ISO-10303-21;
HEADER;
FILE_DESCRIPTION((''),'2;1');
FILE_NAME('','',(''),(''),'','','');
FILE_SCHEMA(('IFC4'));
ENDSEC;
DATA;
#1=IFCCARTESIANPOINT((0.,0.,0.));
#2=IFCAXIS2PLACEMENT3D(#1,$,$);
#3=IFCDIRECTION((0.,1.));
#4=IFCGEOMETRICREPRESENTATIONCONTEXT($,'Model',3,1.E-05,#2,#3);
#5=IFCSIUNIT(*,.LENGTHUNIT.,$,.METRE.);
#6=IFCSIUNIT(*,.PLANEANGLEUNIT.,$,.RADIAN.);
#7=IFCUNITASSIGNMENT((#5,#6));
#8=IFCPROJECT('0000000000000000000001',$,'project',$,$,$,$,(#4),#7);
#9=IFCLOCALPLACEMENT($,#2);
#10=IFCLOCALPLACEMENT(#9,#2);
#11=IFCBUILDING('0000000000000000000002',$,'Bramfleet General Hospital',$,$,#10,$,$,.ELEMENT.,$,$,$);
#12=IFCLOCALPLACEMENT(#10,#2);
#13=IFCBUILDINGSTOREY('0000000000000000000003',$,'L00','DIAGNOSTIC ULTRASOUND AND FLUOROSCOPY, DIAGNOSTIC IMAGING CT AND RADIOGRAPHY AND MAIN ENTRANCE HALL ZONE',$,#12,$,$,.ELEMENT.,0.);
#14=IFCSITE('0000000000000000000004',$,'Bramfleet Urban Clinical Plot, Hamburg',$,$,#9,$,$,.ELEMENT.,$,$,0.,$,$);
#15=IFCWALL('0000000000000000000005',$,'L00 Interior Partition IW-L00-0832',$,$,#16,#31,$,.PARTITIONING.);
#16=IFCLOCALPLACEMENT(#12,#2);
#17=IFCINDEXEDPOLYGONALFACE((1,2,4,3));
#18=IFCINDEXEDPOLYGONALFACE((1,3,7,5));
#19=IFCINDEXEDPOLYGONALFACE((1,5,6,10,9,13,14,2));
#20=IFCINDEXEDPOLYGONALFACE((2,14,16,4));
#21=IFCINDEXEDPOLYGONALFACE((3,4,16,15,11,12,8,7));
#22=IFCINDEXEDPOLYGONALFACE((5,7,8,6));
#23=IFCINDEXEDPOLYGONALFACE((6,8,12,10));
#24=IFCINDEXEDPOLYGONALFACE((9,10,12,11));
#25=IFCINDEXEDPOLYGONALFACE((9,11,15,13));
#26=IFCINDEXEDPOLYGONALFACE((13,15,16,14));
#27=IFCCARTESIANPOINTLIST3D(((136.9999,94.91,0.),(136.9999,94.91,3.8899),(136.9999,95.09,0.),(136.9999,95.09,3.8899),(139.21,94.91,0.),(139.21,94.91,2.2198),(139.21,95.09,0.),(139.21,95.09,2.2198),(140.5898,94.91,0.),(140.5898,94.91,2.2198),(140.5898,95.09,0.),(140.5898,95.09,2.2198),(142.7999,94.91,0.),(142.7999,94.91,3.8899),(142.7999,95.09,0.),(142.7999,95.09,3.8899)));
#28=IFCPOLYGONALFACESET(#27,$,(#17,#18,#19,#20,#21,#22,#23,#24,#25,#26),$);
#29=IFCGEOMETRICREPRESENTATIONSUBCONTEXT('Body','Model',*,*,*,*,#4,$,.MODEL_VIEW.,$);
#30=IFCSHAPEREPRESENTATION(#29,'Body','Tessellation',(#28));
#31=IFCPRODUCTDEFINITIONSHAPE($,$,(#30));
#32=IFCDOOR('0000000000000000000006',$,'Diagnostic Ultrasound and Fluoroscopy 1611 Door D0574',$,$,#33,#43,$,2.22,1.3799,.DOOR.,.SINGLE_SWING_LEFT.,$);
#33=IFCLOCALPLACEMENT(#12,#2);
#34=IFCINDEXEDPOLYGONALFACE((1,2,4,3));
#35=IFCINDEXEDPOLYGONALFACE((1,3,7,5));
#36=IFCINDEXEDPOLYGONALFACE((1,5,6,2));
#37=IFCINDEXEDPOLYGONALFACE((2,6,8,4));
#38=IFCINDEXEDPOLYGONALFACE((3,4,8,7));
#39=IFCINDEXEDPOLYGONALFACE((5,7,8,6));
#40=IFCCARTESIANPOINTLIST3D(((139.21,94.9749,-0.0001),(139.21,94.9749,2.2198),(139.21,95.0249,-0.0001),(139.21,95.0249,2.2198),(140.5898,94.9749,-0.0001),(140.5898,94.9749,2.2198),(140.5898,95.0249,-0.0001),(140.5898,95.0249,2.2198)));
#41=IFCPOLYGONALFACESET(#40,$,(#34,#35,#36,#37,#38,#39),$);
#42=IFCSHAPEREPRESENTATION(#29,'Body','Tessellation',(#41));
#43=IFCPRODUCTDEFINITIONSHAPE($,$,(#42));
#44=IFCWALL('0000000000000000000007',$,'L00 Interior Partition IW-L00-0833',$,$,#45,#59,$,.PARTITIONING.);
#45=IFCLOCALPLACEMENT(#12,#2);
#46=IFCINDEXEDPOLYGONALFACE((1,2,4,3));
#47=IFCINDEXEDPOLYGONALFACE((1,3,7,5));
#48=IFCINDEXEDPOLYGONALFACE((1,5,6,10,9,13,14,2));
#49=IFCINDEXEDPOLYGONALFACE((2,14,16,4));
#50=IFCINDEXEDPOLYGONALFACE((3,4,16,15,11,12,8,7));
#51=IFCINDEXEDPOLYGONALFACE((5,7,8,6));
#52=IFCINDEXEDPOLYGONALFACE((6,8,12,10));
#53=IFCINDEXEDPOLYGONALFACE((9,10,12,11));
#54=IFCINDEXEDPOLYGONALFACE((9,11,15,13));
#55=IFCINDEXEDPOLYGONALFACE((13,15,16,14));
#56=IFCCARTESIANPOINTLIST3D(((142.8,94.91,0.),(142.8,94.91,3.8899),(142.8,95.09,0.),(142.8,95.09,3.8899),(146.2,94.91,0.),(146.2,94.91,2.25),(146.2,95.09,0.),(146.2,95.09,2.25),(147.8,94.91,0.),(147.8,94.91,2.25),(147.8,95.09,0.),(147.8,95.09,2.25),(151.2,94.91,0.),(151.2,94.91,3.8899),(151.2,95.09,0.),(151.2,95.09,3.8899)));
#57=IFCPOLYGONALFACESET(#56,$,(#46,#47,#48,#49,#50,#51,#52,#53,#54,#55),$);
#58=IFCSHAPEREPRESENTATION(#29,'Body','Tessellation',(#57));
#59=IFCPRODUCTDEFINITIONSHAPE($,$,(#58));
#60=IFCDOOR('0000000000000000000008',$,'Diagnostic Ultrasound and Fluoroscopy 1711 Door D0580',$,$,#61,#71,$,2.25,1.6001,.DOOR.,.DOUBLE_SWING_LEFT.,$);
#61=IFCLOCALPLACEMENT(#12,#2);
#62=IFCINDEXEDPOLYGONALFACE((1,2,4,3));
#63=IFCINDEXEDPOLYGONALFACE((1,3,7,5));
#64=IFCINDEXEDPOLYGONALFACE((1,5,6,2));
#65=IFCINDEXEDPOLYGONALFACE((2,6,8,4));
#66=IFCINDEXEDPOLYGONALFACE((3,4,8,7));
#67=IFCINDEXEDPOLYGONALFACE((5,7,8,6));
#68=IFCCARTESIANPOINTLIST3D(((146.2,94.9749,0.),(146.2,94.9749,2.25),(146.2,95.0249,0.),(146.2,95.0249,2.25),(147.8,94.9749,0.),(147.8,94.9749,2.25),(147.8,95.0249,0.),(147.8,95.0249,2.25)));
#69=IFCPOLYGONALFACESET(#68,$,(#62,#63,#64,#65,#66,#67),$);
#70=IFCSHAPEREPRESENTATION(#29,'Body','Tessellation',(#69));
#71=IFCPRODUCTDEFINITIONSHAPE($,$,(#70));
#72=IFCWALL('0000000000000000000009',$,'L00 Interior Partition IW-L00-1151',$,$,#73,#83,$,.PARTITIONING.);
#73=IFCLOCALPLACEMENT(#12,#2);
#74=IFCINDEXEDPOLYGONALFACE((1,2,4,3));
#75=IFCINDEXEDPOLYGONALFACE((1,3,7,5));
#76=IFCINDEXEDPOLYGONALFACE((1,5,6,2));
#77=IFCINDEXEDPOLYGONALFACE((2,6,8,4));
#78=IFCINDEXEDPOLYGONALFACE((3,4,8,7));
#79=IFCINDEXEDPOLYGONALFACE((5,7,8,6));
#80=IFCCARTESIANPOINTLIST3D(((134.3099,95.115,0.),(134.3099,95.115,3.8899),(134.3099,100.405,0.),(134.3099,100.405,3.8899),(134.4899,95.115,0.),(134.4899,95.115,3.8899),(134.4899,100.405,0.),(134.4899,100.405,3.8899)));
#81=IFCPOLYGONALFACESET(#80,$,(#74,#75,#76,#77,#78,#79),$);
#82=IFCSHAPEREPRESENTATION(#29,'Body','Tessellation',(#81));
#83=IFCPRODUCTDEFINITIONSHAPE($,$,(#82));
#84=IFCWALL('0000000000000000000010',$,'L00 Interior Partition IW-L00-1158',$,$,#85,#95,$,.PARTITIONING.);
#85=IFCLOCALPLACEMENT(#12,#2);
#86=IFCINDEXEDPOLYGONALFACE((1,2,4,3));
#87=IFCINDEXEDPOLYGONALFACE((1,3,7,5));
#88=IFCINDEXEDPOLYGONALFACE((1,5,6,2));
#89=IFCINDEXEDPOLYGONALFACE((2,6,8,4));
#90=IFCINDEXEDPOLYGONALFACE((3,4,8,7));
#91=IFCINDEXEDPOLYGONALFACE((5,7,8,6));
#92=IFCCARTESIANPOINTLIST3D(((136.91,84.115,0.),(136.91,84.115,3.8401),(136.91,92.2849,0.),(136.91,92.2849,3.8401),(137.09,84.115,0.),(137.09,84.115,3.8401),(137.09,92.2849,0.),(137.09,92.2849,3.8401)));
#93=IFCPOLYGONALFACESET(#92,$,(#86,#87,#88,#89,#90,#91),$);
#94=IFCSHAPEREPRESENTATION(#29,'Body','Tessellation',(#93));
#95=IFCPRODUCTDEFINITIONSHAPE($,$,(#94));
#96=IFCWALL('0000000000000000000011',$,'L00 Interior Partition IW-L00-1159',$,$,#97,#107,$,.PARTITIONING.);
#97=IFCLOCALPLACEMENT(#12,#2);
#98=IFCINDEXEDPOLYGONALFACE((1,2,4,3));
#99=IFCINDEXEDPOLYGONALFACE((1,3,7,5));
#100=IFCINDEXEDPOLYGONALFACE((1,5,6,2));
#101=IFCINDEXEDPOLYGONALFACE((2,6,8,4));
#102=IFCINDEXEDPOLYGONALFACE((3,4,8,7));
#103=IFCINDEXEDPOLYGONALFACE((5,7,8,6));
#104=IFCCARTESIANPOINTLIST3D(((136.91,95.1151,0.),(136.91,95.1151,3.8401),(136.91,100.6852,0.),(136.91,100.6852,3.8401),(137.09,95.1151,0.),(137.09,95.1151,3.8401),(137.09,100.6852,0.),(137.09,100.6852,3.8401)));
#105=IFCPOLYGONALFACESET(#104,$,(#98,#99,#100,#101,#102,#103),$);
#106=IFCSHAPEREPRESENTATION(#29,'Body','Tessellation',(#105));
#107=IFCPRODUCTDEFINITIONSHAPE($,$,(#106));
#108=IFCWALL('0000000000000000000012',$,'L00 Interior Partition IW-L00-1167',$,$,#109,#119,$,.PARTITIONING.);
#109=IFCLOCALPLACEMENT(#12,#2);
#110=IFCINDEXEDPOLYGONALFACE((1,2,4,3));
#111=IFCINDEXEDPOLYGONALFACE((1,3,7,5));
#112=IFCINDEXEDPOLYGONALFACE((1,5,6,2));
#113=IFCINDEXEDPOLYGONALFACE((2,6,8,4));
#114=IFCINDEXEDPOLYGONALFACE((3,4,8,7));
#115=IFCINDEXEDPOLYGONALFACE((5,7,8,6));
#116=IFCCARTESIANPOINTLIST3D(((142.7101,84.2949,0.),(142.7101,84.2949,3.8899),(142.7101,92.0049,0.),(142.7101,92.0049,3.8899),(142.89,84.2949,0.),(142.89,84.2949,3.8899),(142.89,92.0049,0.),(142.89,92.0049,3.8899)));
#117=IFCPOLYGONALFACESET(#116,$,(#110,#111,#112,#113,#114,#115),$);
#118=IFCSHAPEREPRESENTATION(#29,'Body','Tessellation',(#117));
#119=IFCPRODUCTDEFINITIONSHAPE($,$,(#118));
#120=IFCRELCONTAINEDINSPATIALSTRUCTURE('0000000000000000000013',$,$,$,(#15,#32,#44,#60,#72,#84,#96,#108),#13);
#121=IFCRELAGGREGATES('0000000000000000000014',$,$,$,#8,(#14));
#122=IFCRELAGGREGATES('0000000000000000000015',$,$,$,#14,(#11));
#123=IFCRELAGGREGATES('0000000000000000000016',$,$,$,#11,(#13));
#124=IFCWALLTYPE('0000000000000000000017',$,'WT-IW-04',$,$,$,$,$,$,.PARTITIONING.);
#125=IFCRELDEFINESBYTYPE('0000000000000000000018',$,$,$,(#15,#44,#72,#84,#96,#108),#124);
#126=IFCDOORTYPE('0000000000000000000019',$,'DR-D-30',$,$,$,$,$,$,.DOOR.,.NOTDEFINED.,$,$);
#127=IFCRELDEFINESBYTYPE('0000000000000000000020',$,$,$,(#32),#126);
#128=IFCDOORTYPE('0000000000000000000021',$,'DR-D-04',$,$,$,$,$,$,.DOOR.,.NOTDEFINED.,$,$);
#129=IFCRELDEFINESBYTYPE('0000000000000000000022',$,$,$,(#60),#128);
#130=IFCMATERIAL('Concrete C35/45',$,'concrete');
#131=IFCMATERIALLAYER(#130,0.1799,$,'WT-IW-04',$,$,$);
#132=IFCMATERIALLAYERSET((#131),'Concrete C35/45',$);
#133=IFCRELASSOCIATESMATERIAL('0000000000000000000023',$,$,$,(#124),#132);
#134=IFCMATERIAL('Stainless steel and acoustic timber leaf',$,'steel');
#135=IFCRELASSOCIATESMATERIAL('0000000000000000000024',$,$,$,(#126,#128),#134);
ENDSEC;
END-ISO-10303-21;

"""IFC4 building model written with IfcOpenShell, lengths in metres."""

from ifc_helpers import new_model, si_unit, direction, frame, frame_2d, origin, place, context, subcontext, project, spatial, rectangle, extrude, material, layer, layer_set, type_object, element, fill, save


model = new_model("IFC4")

# Units and contexts
model_context = context("Model", 3, precision=1e-05, world=origin(), true_north=direction((0.0, 1.0)))
body_context = subcontext(model_context, "Body", "Model", "MODEL_VIEW")
ifc_project = project(units=[si_unit("LENGTHUNIT", "METRE"), si_unit("PLANEANGLEUNIT", "RADIAN")], contexts=[model_context])

# Site, building, storey
site_placement = place(None, origin())
site = spatial("IfcSite", under=ifc_project, at=site_placement, Name="Bramfleet Urban Clinical Plot, Hamburg", CompositionType="ELEMENT", RefElevation=0.0)
building_placement = place(site_placement, origin())
building = spatial("IfcBuilding", under=site, at=building_placement, Name="Bramfleet General Hospital", CompositionType="ELEMENT")
storey_placement = place(building_placement, origin())
storey = spatial("IfcBuildingStorey", under=building, at=storey_placement, Name="L00", Description="DIAGNOSTIC ULTRASOUND AND FLUOROSCOPY, DIAGNOSTIC IMAGING CT AND RADIOGRAPHY AND MAIN ENTRANCE HALL ZONE", CompositionType="ELEMENT", Elevation=0.0)

# Shared definitions
ifc_material_1 = material(Name="Concrete C35/45", Category="concrete")

# Shared definitions
ifc_layer = layer(ifc_material_1, 0.1799, Name="WT-IW-04")
ifc_layer_set = layer_set([ifc_layer], Name="Concrete C35/45")
wall_type = type_object("IfcWallType", Name="WT-IW-04", PredefinedType="PARTITIONING", material=ifc_layer_set)

# Walls, openings, doors
ifc_material_2 = material(Name="Stainless steel and acoustic timber leaf", Category="steel")
wall_1_placement = place(storey_placement, frame((137.0, 95.0, 0.0), z_axis=(0.0, 0.0, 1.0), x_axis=(1.0, 0.0, 0.0)))
wall_1 = element("IfcWall", 1, at=wall_1_placement, inside=storey, type_object=wall_type, Name="L00 Interior Partition IW-L00-0832", PredefinedType="PARTITIONING", context=body_context, shape_type="SweptSolid", body=[
    extrude(rectangle(XDim=5.8, YDim=0.1799, at=frame_2d((2.8999, 0.0))), origin(), (0.0, 0.0, 1.0), 3.8899),
])
opening_1_placement = place(wall_1_placement, frame((2.21, 0.0, 0.0)))
opening_1 = element("IfcOpeningElement", 2, at=opening_1_placement, cuts=wall_1, PredefinedType="OPENING", context=body_context, shape_type="SweptSolid", body=[
    extrude(rectangle(XDim=1.3799, YDim=2.22, at=frame_2d((0.6899, 1.1099))), frame((0.0, 0.0999, 0.0), z_axis=(0.0, -1.0, 0.0), x_axis=(1.0, 0.0, 0.0)), (0.0, 0.0, 1.0), 0.2),
])
door_type_1 = type_object("IfcDoorType", Name="DR-D-30", OperationType="NOTDEFINED", PredefinedType="DOOR", material=ifc_material_2)
door_1_placement = place(opening_1_placement, origin())
door_1 = element("IfcDoor", 3, at=door_1_placement, inside=storey, type_object=door_type_1, Name="Diagnostic Ultrasound and Fluoroscopy 1611 Door D0574", OperationType="SINGLE_SWING_LEFT", OverallHeight=2.22, OverallWidth=1.3799, PredefinedType="DOOR", context=body_context, shape_type="SweptSolid", body=[
    extrude(rectangle(XDim=1.3799, YDim=2.22, at=frame_2d((0.6899, 1.1099))), frame((0.0, 0.0249, 0.0), z_axis=(0.0, -1.0, 0.0), x_axis=(1.0, 0.0, 0.0)), (0.0, 0.0, 1.0), 0.05),
])
fill(opening_1, door_1)
wall_2_placement = place(storey_placement, frame((142.8, 95.0, 0.0), z_axis=(0.0, 0.0, 1.0), x_axis=(1.0, 0.0, 0.0)))
wall_2 = element("IfcWall", 4, at=wall_2_placement, inside=storey, type_object=wall_type, Name="L00 Interior Partition IW-L00-0833", PredefinedType="PARTITIONING", context=body_context, shape_type="SweptSolid", body=[
    extrude(rectangle(XDim=8.3999, YDim=0.1799, at=frame_2d((4.2, 0.0))), origin(), (0.0, 0.0, 1.0), 3.8899),
])
opening_2_placement = place(wall_2_placement, frame((3.3999, 0.0, 0.0)))
opening_2 = element("IfcOpeningElement", 5, at=opening_2_placement, cuts=wall_2, PredefinedType="OPENING", context=body_context, shape_type="SweptSolid", body=[
    extrude(rectangle(XDim=1.6001, YDim=2.25, at=frame_2d((0.8, 1.125))), frame((0.0, 0.0999, 0.0), z_axis=(0.0, -1.0, 0.0), x_axis=(1.0, 0.0, 0.0)), (0.0, 0.0, 1.0), 0.2),
])
door_type_2 = type_object("IfcDoorType", Name="DR-D-04", OperationType="NOTDEFINED", PredefinedType="DOOR", material=ifc_material_2)
door_2_placement = place(opening_2_placement, origin())
door_2 = element("IfcDoor", 6, at=door_2_placement, inside=storey, type_object=door_type_2, Name="Diagnostic Ultrasound and Fluoroscopy 1711 Door D0580", OperationType="DOUBLE_SWING_LEFT", OverallHeight=2.25, OverallWidth=1.6001, PredefinedType="DOOR", context=body_context, shape_type="SweptSolid", body=[
    extrude(rectangle(XDim=1.6001, YDim=2.25, at=frame_2d((0.8, 1.125))), frame((0.0, 0.0249, 0.0), z_axis=(0.0, -1.0, 0.0), x_axis=(1.0, 0.0, 0.0)), (0.0, 0.0, 1.0), 0.05),
])
fill(opening_2, door_2)

# Walls
wall_3_placement = place(storey_placement, frame((134.3999, 95.115, 0.0), z_axis=(0.0, 0.0, 1.0), x_axis=(0.0, 1.0, 0.0)))
element("IfcWall", 7, at=wall_3_placement, inside=storey, type_object=wall_type, Name="L00 Interior Partition IW-L00-1151", PredefinedType="PARTITIONING", context=body_context, shape_type="SweptSolid", body=[
    extrude(rectangle(XDim=5.29, YDim=0.1799, at=frame_2d((2.645, 0.0))), origin(), (0.0, 0.0, 1.0), 3.8899),
])
wall_4_placement = place(storey_placement, frame((137.0, 84.115, 0.0), z_axis=(0.0, 0.0, 1.0), x_axis=(0.0, 1.0, 0.0)))
element("IfcWall", 8, at=wall_4_placement, inside=storey, type_object=wall_type, Name="L00 Interior Partition IW-L00-1158", PredefinedType="PARTITIONING", context=body_context, shape_type="SweptSolid", body=[
    extrude(rectangle(XDim=8.1699, YDim=0.1799, at=frame_2d((4.085, 0.0))), origin(), (0.0, 0.0, 1.0), 3.8401),
])
wall_5_placement = place(storey_placement, frame((137.0, 95.115, 0.0), z_axis=(0.0, 0.0, 1.0), x_axis=(0.0, 1.0, 0.0)))
element("IfcWall", 9, at=wall_5_placement, inside=storey, type_object=wall_type, Name="L00 Interior Partition IW-L00-1159", PredefinedType="PARTITIONING", context=body_context, shape_type="SweptSolid", body=[
    extrude(rectangle(XDim=5.5701, YDim=0.1799, at=frame_2d((2.7852, 0.0))), origin(), (0.0, 0.0, 1.0), 3.8401),
])
wall_6_placement = place(storey_placement, frame((142.8, 84.2949, 0.0), z_axis=(0.0, 0.0, 1.0), x_axis=(0.0, 1.0, 0.0)))
element("IfcWall", 10, at=wall_6_placement, inside=storey, type_object=wall_type, Name="L00 Interior Partition IW-L00-1167", PredefinedType="PARTITIONING", context=body_context, shape_type="SweptSolid", body=[
    extrude(rectangle(XDim=7.71, YDim=0.1799, at=frame_2d((3.855, 0.0))), origin(), (0.0, 0.0, 1.0), 3.8899),
])

save(model, "model.ifc")
